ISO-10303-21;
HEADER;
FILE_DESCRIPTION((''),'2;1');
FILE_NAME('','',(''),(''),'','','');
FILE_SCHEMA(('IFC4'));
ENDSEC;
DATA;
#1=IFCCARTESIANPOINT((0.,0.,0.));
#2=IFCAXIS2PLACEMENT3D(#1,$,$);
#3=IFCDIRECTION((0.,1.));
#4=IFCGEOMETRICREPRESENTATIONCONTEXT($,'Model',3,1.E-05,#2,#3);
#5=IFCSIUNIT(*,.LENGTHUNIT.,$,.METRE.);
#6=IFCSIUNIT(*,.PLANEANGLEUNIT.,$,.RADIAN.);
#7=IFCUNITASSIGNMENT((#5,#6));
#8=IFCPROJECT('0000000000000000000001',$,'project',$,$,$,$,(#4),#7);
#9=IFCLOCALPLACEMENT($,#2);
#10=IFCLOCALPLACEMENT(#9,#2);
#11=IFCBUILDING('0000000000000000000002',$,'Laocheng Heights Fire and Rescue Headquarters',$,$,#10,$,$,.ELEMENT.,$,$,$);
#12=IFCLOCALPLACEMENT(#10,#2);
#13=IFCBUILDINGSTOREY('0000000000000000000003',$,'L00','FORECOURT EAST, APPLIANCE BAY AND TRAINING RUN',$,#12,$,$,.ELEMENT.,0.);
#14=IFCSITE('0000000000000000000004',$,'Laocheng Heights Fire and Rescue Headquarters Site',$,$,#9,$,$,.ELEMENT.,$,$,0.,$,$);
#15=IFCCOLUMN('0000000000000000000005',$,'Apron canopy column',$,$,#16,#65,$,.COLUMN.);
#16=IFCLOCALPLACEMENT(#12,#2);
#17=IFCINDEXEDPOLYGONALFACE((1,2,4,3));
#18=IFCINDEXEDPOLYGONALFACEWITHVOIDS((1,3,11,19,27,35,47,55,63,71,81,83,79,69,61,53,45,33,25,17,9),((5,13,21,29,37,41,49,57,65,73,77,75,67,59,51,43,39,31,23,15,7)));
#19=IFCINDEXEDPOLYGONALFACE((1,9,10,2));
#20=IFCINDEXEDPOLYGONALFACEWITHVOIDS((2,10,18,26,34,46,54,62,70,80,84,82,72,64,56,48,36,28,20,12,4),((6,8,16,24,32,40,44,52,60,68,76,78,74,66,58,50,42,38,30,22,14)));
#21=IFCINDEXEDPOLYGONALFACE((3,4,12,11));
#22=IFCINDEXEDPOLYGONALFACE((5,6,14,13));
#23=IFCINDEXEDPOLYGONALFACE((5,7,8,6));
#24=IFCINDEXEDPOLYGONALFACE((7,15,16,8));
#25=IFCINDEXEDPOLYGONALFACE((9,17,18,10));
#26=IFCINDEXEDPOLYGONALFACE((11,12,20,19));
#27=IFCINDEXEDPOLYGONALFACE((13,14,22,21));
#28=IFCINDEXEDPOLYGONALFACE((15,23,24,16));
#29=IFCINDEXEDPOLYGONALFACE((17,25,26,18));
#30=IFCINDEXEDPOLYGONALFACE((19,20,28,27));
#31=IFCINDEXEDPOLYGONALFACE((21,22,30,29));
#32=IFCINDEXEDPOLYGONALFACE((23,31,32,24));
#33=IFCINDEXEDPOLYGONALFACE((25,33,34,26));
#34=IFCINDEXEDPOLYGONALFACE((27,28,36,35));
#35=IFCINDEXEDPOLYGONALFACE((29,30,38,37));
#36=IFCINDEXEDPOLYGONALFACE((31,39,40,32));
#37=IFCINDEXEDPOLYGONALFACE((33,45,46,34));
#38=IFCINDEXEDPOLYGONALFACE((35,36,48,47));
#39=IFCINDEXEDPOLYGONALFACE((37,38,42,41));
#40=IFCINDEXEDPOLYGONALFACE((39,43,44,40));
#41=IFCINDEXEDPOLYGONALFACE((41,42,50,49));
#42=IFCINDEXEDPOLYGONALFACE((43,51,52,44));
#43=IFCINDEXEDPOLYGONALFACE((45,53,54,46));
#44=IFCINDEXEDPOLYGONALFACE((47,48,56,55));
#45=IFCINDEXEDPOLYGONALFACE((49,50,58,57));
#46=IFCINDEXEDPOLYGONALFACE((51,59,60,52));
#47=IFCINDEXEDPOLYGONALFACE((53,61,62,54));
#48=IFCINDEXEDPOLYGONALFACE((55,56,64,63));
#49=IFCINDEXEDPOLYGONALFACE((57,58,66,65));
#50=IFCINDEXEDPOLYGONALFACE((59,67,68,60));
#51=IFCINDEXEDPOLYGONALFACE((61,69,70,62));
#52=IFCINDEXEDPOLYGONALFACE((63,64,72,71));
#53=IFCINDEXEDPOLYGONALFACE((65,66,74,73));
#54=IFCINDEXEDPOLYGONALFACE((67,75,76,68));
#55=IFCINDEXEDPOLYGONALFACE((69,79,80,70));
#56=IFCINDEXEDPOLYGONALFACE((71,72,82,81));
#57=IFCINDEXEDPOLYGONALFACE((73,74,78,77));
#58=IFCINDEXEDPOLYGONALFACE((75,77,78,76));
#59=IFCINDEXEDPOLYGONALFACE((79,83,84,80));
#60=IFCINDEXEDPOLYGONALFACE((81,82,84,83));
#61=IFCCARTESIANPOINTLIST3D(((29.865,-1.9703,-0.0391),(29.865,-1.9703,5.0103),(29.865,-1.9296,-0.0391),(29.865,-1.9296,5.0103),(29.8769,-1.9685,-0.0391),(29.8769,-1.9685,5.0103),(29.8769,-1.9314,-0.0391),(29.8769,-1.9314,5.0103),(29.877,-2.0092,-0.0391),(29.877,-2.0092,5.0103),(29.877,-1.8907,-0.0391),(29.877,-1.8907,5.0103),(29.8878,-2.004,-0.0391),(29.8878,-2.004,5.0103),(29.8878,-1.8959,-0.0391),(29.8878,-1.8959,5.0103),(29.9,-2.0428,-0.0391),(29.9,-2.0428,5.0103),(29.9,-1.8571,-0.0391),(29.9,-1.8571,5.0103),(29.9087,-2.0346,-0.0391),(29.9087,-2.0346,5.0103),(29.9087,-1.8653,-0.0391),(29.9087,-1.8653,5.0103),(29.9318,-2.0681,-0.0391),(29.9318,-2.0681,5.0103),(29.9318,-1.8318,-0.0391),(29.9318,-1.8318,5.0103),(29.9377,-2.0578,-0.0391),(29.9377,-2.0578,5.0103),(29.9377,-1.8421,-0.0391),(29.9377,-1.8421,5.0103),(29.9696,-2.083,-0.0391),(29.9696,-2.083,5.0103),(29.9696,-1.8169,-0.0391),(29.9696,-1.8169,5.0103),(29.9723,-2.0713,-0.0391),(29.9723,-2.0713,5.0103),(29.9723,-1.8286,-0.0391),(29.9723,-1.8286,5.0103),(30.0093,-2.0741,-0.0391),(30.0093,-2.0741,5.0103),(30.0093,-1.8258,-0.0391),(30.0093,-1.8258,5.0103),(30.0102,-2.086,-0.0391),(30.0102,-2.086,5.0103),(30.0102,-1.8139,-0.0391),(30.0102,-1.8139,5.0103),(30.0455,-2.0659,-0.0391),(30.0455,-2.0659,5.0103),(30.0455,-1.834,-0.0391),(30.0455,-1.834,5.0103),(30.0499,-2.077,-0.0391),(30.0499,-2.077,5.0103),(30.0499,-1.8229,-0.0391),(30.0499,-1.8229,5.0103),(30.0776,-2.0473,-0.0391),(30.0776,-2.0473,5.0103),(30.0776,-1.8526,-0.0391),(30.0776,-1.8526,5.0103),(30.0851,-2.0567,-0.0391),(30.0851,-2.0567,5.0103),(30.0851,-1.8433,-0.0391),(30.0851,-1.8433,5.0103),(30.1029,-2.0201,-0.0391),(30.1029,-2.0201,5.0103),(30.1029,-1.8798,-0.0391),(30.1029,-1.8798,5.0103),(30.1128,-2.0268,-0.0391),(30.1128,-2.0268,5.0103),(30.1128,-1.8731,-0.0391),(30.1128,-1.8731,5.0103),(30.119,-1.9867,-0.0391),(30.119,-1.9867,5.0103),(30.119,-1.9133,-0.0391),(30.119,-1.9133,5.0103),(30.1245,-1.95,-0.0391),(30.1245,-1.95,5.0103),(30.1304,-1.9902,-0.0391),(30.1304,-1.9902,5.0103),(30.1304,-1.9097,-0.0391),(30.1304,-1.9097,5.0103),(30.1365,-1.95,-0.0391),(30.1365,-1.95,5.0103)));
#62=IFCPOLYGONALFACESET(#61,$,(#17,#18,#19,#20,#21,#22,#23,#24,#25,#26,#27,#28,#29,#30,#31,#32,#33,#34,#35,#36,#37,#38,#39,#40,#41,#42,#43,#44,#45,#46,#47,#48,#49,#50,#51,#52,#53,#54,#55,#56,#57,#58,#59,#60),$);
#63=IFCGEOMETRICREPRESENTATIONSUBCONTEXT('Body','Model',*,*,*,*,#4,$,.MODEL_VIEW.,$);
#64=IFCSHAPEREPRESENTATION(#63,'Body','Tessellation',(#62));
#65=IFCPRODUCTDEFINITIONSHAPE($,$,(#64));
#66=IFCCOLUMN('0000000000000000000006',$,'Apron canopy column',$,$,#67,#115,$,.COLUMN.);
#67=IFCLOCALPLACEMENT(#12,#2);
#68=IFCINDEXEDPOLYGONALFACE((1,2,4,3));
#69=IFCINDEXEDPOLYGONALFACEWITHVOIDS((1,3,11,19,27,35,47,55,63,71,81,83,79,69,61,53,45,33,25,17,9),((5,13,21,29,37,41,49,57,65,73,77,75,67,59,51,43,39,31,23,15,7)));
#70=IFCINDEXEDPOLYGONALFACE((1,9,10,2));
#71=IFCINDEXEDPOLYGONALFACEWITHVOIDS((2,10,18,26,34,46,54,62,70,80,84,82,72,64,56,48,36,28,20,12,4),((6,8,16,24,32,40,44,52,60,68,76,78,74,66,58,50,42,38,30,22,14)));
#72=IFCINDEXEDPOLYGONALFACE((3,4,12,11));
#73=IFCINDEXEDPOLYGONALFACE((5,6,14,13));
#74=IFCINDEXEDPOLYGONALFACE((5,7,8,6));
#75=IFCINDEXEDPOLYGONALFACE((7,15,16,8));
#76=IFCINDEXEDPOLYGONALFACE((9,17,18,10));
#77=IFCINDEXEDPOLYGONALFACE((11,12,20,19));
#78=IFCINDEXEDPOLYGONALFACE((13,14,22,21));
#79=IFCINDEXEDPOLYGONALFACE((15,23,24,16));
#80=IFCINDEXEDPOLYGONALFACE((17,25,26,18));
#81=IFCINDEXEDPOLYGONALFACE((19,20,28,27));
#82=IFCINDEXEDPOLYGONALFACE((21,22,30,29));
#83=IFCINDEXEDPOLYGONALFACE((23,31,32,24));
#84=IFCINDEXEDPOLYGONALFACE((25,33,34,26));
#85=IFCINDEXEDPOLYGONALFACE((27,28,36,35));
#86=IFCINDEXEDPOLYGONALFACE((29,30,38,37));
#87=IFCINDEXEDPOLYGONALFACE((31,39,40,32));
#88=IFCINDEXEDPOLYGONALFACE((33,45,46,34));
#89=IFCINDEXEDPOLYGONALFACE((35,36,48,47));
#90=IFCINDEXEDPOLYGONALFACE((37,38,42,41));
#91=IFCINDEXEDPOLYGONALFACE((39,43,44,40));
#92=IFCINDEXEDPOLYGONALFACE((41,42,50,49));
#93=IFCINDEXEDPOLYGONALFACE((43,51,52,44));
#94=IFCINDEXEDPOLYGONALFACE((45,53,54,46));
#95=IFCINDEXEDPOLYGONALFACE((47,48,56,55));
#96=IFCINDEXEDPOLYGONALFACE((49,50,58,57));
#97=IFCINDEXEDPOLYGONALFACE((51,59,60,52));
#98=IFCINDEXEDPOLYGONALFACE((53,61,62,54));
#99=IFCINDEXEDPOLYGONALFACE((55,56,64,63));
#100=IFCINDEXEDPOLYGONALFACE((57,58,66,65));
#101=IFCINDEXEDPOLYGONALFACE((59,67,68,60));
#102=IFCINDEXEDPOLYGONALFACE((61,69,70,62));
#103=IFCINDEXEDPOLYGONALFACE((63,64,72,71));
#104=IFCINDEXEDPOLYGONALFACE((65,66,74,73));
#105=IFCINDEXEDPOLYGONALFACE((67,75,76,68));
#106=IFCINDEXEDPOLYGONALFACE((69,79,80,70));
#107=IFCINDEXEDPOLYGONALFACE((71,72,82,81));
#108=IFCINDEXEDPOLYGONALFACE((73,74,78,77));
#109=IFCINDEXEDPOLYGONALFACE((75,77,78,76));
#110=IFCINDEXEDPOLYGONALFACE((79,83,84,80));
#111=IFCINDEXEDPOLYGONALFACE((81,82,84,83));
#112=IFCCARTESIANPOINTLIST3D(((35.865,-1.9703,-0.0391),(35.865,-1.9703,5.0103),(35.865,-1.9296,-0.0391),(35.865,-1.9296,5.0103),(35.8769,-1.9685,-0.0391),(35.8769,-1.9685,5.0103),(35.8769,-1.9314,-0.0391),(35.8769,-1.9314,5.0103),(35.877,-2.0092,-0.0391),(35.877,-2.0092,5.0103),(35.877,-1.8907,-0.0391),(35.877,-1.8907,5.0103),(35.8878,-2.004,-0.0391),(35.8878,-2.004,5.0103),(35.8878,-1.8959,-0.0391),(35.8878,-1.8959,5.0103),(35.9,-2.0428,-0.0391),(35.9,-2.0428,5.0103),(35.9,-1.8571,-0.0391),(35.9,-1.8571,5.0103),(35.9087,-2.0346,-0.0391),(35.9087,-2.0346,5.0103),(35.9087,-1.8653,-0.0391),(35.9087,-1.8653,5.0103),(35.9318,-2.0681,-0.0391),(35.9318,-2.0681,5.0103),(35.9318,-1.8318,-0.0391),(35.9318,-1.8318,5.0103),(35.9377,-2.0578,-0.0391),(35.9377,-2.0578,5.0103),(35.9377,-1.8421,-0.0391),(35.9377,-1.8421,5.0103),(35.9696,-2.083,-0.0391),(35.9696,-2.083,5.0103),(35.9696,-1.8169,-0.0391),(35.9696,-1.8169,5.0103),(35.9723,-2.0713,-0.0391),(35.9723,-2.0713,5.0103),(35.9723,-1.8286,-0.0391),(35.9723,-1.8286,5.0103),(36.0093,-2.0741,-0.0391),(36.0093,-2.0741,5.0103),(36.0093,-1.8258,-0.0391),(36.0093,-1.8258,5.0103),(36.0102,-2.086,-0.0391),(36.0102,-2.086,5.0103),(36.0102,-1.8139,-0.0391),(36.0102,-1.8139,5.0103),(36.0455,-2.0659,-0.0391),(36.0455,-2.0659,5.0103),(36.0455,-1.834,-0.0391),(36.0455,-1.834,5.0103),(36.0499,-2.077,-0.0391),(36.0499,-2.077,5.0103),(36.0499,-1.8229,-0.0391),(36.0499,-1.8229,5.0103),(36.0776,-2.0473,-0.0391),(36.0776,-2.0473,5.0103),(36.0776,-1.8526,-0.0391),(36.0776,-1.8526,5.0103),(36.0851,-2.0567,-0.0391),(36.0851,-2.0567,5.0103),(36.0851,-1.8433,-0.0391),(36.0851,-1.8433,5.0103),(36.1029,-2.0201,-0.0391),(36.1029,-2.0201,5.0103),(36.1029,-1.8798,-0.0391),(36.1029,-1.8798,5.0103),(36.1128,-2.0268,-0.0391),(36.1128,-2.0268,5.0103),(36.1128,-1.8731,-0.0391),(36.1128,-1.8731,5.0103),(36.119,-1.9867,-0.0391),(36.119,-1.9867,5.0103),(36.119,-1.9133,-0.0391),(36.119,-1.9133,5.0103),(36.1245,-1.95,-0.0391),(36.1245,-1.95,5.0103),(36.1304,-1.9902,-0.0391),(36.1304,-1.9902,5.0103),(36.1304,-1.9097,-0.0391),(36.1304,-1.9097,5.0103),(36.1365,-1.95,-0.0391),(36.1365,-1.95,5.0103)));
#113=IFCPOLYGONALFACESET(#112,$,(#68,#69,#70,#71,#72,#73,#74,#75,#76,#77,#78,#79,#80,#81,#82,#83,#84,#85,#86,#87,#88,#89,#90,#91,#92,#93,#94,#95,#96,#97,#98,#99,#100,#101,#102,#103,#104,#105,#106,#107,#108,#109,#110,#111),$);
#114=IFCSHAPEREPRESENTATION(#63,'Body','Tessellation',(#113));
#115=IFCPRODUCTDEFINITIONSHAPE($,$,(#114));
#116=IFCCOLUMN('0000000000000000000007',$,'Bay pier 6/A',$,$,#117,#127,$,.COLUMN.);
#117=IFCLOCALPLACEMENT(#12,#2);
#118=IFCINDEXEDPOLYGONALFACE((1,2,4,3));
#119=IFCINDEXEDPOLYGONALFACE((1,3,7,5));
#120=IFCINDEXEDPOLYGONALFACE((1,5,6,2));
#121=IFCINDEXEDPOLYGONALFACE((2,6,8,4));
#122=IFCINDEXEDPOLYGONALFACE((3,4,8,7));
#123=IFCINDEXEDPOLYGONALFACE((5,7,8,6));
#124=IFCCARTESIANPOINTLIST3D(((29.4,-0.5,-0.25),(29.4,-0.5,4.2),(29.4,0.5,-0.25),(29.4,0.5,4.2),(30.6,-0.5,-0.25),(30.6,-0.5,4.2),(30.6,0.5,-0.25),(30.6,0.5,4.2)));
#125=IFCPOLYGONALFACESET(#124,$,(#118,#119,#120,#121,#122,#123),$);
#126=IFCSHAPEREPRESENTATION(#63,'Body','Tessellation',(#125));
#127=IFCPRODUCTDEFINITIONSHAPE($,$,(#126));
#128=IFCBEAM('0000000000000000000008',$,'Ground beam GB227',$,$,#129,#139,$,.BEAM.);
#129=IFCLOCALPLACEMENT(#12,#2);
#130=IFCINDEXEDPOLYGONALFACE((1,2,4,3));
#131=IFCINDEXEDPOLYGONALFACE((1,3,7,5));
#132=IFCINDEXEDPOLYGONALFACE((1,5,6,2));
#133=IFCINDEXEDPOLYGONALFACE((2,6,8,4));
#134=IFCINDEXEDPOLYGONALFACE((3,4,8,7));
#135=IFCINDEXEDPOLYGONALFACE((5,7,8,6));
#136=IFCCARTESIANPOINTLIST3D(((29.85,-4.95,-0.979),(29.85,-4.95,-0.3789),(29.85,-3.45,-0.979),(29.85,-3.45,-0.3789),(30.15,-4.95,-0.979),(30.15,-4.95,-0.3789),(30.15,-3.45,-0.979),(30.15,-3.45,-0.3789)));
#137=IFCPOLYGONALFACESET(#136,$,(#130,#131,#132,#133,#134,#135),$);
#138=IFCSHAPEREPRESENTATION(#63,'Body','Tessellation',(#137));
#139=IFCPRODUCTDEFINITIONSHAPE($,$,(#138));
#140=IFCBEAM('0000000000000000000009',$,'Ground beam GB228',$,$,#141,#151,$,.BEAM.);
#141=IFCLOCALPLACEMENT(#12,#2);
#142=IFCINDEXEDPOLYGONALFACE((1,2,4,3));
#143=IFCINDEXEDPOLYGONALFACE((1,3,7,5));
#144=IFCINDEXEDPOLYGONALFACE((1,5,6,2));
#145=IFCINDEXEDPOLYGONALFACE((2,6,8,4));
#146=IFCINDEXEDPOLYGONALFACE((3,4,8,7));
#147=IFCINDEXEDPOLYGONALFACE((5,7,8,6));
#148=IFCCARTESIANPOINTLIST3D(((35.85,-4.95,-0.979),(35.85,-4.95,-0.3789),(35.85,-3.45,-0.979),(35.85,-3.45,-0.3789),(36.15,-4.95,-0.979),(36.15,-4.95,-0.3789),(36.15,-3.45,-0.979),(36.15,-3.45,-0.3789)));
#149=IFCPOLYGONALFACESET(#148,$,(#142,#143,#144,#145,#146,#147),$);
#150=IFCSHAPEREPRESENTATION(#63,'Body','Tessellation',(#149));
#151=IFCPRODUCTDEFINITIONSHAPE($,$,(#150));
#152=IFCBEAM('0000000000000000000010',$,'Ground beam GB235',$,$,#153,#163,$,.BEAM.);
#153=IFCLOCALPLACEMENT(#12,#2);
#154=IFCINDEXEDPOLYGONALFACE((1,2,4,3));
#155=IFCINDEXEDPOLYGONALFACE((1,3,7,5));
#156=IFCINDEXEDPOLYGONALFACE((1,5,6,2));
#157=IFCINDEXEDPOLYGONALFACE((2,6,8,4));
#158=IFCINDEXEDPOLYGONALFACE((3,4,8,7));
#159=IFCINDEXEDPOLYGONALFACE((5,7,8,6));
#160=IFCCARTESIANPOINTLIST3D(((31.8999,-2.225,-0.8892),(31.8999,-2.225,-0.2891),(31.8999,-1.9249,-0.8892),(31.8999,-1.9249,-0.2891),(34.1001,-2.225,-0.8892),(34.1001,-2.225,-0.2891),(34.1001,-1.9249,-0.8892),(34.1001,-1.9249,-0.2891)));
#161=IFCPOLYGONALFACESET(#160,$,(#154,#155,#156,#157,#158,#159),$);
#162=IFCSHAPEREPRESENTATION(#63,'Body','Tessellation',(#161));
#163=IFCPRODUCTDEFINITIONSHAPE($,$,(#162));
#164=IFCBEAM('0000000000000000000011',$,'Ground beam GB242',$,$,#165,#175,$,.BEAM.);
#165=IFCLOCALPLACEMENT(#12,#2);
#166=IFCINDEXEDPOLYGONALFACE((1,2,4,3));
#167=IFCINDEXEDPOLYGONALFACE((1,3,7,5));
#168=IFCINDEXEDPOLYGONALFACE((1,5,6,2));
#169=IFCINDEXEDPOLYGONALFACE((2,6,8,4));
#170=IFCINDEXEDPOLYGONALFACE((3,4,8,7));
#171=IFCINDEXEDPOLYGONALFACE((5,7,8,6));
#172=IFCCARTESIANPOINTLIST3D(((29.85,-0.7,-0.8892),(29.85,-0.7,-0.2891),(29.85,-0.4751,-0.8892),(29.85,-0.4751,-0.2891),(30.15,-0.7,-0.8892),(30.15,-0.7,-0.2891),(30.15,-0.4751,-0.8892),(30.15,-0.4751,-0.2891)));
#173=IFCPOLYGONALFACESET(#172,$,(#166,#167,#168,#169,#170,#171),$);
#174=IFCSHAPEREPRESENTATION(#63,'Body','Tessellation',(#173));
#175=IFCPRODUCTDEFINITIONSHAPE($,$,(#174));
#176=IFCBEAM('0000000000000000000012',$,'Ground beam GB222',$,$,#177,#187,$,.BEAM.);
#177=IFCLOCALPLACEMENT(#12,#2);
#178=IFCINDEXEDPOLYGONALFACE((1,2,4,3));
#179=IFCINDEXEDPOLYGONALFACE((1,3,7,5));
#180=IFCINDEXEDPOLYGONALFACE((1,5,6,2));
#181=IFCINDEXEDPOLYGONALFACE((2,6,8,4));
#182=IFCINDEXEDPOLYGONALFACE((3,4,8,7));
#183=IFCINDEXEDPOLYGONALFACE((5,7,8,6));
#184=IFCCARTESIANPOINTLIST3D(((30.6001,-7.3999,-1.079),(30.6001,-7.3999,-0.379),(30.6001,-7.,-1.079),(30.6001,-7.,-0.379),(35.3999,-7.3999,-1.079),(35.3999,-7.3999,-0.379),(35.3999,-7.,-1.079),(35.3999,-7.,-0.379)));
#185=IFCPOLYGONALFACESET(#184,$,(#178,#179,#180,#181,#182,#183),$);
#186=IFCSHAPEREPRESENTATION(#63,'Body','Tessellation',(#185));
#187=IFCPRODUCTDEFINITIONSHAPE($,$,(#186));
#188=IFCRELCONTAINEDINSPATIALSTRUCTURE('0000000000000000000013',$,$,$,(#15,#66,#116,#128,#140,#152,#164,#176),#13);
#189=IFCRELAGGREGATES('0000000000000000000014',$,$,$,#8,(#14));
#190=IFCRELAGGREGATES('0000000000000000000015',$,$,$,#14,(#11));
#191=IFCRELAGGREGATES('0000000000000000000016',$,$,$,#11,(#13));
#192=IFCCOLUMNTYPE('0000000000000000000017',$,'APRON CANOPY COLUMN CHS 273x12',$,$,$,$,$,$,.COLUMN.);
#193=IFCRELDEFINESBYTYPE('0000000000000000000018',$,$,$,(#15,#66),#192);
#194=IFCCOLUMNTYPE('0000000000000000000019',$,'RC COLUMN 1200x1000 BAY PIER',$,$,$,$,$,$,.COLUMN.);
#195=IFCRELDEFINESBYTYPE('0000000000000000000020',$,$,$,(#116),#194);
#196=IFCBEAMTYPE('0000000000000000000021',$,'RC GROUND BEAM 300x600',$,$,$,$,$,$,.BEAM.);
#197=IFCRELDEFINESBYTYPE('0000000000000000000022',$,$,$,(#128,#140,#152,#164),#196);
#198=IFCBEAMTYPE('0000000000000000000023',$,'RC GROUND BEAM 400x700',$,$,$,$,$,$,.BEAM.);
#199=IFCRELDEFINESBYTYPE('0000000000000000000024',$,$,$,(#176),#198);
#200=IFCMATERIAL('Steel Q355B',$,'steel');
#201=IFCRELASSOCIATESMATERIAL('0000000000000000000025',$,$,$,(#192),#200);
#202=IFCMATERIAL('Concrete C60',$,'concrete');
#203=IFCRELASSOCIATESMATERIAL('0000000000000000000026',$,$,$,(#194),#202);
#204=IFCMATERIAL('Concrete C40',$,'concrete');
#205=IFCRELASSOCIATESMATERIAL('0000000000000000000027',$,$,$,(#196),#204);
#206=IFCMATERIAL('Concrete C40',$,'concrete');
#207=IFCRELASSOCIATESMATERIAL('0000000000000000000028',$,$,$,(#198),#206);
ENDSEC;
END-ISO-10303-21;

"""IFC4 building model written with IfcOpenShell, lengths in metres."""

from ifc_helpers import new_model, si_unit, direction, frame, origin, origin_2d, place, context, subcontext, project, spatial, rectangle, hollow_circle, extrude, material, material_profile, profile_set, type_object, element, save


model = new_model("IFC4")

# Units and contexts
model_context = context("Model", 3, precision=1e-05, world=origin(), true_north=direction((0.0, 1.0)))
body_context = subcontext(model_context, "Body", "Model", "MODEL_VIEW")
ifc_project = project(units=[si_unit("LENGTHUNIT", "METRE"), si_unit("PLANEANGLEUNIT", "RADIAN")], contexts=[model_context])

# Site, building, storey
site_placement = place(None, origin())
site = spatial("IfcSite", under=ifc_project, at=site_placement, Name="Laocheng Heights Fire and Rescue Headquarters Site", CompositionType="ELEMENT", RefElevation=0.0)
building_placement = place(site_placement, origin())
building = spatial("IfcBuilding", under=site, at=building_placement, Name="Laocheng Heights Fire and Rescue Headquarters", CompositionType="ELEMENT")
storey_placement = place(building_placement, origin())
storey = spatial("IfcBuildingStorey", under=building, at=storey_placement, Name="L00", Description="FORECOURT EAST, APPLIANCE BAY AND TRAINING RUN", CompositionType="ELEMENT", Elevation=0.0)

# Columns
ifc_material_1 = material(Name="Steel Q355B", Category="steel")
ifc_material_profile_1 = material_profile(ifc_material_1, hollow_circle(Radius=0.1365, WallThickness=0.012, at=origin_2d()), Name="CHS 273x12")
ifc_profile_set_1 = profile_set([ifc_material_profile_1], Name="Steel Q355B")
column_type_1 = type_object("IfcColumnType", Name="APRON CANOPY COLUMN CHS 273x12", PredefinedType="COLUMN", material=ifc_profile_set_1)
for number, where, z_axis, x_axis, name in (
    (1, (30.0, -1.95, -0.0391), (0.0, 0.0, 1.0), (1.0, 0.0, 0.0), "Apron canopy column"),
    (2, (36.0, -1.95, -0.0391), (0.0, 0.0, 1.0), (1.0, 0.0, 0.0), "Apron canopy column"),
):
    element("IfcColumn", number, at=place(storey_placement, frame(where, z_axis=z_axis, x_axis=x_axis)), inside=storey, type_object=column_type_1, Name=name, PredefinedType="COLUMN", context=body_context, shape_type="SweptSolid", body=[
        extrude(hollow_circle(Radius=0.1365, WallThickness=0.012, at=origin_2d()), origin(), (0.0, 0.0, 1.0), 5.0493),
    ])
ifc_material_2 = material(Name="Concrete C60", Category="concrete")
ifc_material_profile_2 = material_profile(ifc_material_2, rectangle(XDim=1.2, YDim=1.0, at=origin_2d()), Name="RC COLUMN 1200x1000 BAY PIER")
ifc_profile_set_2 = profile_set([ifc_material_profile_2], Name="Concrete C60")
column_type_2 = type_object("IfcColumnType", Name="RC COLUMN 1200x1000 BAY PIER", PredefinedType="COLUMN", material=ifc_profile_set_2)
column_placement = place(storey_placement, frame((30.0, 0.0, -0.25), z_axis=(0.0, 0.0, 1.0), x_axis=(1.0, 0.0, 0.0)))
element("IfcColumn", 3, at=column_placement, inside=storey, type_object=column_type_2, Name="Bay pier 6/A", PredefinedType="COLUMN", context=body_context, shape_type="SweptSolid", body=[
    extrude(rectangle(XDim=1.2, YDim=1.0, at=origin_2d()), origin(), (0.0, 0.0, 1.0), 4.45),
])

# Beams
ifc_material_3 = material(Name="Concrete C40", Category="concrete")
ifc_material_profile_3 = material_profile(ifc_material_3, rectangle(XDim=0.3, YDim=0.6001, at=origin_2d()), Name="RC GROUND BEAM 300x600")
ifc_profile_set_3 = profile_set([ifc_material_profile_3], Name="Concrete C40")
beam_type_1 = type_object("IfcBeamType", Name="RC GROUND BEAM 300x600", PredefinedType="BEAM", material=ifc_profile_set_3)
for number, where, z_axis, x_axis, name in (
    (4, (30.0, -4.95, -0.679), (0.0, 1.0, 0.0), (-1.0, 0.0, 0.0), "Ground beam GB227"),
    (5, (36.0, -4.95, -0.679), (0.0, 1.0, 0.0), (-1.0, 0.0, 0.0), "Ground beam GB228"),
):
    element("IfcBeam", number, at=place(storey_placement, frame(where, z_axis=z_axis, x_axis=x_axis)), inside=storey, type_object=beam_type_1, Name=name, PredefinedType="BEAM", context=body_context, shape_type="SweptSolid", body=[
        extrude(rectangle(XDim=0.3, YDim=0.6001, at=origin_2d()), origin(), (0.0, 0.0, 1.0), 1.5),
    ])
beam_1_placement = place(storey_placement, frame((31.8999, -2.075, -0.5891), z_axis=(1.0, 0.0, 0.0), x_axis=(0.0, 1.0, 0.0)))
element("IfcBeam", 6, at=beam_1_placement, inside=storey, type_object=beam_type_1, Name="Ground beam GB235", PredefinedType="BEAM", context=body_context, shape_type="SweptSolid", body=[
    extrude(rectangle(XDim=0.3, YDim=0.6001, at=origin_2d()), origin(), (0.0, 0.0, 1.0), 2.2002),
])
beam_2_placement = place(storey_placement, frame((30.0, -0.7, -0.5891), z_axis=(0.0, 1.0, 0.0), x_axis=(-1.0, 0.0, 0.0)))
element("IfcBeam", 7, at=beam_2_placement, inside=storey, type_object=beam_type_1, Name="Ground beam GB242", PredefinedType="BEAM", context=body_context, shape_type="SweptSolid", body=[
    extrude(rectangle(XDim=0.3, YDim=0.6001, at=origin_2d()), origin(), (0.0, 0.0, 1.0), 0.2249),
])
ifc_material_4 = material(Name="Concrete C40", Category="concrete")
ifc_material_profile_4 = material_profile(ifc_material_4, rectangle(XDim=0.3999, YDim=0.7, at=origin_2d()), Name="RC GROUND BEAM 400x700")
ifc_profile_set_4 = profile_set([ifc_material_profile_4], Name="Concrete C40")
beam_type_2 = type_object("IfcBeamType", Name="RC GROUND BEAM 400x700", PredefinedType="BEAM", material=ifc_profile_set_4)
beam_3_placement = place(storey_placement, frame((30.6001, -7.2, -0.729), z_axis=(1.0, 0.0, 0.0), x_axis=(0.0, 1.0, 0.0)))
element("IfcBeam", 8, at=beam_3_placement, inside=storey, type_object=beam_type_2, Name="Ground beam GB222", PredefinedType="BEAM", context=body_context, shape_type="SweptSolid", body=[
    extrude(rectangle(XDim=0.3999, YDim=0.7, at=origin_2d()), origin(), (0.0, 0.0, 1.0), 4.7998),
])

save(model, "model.ifc")
